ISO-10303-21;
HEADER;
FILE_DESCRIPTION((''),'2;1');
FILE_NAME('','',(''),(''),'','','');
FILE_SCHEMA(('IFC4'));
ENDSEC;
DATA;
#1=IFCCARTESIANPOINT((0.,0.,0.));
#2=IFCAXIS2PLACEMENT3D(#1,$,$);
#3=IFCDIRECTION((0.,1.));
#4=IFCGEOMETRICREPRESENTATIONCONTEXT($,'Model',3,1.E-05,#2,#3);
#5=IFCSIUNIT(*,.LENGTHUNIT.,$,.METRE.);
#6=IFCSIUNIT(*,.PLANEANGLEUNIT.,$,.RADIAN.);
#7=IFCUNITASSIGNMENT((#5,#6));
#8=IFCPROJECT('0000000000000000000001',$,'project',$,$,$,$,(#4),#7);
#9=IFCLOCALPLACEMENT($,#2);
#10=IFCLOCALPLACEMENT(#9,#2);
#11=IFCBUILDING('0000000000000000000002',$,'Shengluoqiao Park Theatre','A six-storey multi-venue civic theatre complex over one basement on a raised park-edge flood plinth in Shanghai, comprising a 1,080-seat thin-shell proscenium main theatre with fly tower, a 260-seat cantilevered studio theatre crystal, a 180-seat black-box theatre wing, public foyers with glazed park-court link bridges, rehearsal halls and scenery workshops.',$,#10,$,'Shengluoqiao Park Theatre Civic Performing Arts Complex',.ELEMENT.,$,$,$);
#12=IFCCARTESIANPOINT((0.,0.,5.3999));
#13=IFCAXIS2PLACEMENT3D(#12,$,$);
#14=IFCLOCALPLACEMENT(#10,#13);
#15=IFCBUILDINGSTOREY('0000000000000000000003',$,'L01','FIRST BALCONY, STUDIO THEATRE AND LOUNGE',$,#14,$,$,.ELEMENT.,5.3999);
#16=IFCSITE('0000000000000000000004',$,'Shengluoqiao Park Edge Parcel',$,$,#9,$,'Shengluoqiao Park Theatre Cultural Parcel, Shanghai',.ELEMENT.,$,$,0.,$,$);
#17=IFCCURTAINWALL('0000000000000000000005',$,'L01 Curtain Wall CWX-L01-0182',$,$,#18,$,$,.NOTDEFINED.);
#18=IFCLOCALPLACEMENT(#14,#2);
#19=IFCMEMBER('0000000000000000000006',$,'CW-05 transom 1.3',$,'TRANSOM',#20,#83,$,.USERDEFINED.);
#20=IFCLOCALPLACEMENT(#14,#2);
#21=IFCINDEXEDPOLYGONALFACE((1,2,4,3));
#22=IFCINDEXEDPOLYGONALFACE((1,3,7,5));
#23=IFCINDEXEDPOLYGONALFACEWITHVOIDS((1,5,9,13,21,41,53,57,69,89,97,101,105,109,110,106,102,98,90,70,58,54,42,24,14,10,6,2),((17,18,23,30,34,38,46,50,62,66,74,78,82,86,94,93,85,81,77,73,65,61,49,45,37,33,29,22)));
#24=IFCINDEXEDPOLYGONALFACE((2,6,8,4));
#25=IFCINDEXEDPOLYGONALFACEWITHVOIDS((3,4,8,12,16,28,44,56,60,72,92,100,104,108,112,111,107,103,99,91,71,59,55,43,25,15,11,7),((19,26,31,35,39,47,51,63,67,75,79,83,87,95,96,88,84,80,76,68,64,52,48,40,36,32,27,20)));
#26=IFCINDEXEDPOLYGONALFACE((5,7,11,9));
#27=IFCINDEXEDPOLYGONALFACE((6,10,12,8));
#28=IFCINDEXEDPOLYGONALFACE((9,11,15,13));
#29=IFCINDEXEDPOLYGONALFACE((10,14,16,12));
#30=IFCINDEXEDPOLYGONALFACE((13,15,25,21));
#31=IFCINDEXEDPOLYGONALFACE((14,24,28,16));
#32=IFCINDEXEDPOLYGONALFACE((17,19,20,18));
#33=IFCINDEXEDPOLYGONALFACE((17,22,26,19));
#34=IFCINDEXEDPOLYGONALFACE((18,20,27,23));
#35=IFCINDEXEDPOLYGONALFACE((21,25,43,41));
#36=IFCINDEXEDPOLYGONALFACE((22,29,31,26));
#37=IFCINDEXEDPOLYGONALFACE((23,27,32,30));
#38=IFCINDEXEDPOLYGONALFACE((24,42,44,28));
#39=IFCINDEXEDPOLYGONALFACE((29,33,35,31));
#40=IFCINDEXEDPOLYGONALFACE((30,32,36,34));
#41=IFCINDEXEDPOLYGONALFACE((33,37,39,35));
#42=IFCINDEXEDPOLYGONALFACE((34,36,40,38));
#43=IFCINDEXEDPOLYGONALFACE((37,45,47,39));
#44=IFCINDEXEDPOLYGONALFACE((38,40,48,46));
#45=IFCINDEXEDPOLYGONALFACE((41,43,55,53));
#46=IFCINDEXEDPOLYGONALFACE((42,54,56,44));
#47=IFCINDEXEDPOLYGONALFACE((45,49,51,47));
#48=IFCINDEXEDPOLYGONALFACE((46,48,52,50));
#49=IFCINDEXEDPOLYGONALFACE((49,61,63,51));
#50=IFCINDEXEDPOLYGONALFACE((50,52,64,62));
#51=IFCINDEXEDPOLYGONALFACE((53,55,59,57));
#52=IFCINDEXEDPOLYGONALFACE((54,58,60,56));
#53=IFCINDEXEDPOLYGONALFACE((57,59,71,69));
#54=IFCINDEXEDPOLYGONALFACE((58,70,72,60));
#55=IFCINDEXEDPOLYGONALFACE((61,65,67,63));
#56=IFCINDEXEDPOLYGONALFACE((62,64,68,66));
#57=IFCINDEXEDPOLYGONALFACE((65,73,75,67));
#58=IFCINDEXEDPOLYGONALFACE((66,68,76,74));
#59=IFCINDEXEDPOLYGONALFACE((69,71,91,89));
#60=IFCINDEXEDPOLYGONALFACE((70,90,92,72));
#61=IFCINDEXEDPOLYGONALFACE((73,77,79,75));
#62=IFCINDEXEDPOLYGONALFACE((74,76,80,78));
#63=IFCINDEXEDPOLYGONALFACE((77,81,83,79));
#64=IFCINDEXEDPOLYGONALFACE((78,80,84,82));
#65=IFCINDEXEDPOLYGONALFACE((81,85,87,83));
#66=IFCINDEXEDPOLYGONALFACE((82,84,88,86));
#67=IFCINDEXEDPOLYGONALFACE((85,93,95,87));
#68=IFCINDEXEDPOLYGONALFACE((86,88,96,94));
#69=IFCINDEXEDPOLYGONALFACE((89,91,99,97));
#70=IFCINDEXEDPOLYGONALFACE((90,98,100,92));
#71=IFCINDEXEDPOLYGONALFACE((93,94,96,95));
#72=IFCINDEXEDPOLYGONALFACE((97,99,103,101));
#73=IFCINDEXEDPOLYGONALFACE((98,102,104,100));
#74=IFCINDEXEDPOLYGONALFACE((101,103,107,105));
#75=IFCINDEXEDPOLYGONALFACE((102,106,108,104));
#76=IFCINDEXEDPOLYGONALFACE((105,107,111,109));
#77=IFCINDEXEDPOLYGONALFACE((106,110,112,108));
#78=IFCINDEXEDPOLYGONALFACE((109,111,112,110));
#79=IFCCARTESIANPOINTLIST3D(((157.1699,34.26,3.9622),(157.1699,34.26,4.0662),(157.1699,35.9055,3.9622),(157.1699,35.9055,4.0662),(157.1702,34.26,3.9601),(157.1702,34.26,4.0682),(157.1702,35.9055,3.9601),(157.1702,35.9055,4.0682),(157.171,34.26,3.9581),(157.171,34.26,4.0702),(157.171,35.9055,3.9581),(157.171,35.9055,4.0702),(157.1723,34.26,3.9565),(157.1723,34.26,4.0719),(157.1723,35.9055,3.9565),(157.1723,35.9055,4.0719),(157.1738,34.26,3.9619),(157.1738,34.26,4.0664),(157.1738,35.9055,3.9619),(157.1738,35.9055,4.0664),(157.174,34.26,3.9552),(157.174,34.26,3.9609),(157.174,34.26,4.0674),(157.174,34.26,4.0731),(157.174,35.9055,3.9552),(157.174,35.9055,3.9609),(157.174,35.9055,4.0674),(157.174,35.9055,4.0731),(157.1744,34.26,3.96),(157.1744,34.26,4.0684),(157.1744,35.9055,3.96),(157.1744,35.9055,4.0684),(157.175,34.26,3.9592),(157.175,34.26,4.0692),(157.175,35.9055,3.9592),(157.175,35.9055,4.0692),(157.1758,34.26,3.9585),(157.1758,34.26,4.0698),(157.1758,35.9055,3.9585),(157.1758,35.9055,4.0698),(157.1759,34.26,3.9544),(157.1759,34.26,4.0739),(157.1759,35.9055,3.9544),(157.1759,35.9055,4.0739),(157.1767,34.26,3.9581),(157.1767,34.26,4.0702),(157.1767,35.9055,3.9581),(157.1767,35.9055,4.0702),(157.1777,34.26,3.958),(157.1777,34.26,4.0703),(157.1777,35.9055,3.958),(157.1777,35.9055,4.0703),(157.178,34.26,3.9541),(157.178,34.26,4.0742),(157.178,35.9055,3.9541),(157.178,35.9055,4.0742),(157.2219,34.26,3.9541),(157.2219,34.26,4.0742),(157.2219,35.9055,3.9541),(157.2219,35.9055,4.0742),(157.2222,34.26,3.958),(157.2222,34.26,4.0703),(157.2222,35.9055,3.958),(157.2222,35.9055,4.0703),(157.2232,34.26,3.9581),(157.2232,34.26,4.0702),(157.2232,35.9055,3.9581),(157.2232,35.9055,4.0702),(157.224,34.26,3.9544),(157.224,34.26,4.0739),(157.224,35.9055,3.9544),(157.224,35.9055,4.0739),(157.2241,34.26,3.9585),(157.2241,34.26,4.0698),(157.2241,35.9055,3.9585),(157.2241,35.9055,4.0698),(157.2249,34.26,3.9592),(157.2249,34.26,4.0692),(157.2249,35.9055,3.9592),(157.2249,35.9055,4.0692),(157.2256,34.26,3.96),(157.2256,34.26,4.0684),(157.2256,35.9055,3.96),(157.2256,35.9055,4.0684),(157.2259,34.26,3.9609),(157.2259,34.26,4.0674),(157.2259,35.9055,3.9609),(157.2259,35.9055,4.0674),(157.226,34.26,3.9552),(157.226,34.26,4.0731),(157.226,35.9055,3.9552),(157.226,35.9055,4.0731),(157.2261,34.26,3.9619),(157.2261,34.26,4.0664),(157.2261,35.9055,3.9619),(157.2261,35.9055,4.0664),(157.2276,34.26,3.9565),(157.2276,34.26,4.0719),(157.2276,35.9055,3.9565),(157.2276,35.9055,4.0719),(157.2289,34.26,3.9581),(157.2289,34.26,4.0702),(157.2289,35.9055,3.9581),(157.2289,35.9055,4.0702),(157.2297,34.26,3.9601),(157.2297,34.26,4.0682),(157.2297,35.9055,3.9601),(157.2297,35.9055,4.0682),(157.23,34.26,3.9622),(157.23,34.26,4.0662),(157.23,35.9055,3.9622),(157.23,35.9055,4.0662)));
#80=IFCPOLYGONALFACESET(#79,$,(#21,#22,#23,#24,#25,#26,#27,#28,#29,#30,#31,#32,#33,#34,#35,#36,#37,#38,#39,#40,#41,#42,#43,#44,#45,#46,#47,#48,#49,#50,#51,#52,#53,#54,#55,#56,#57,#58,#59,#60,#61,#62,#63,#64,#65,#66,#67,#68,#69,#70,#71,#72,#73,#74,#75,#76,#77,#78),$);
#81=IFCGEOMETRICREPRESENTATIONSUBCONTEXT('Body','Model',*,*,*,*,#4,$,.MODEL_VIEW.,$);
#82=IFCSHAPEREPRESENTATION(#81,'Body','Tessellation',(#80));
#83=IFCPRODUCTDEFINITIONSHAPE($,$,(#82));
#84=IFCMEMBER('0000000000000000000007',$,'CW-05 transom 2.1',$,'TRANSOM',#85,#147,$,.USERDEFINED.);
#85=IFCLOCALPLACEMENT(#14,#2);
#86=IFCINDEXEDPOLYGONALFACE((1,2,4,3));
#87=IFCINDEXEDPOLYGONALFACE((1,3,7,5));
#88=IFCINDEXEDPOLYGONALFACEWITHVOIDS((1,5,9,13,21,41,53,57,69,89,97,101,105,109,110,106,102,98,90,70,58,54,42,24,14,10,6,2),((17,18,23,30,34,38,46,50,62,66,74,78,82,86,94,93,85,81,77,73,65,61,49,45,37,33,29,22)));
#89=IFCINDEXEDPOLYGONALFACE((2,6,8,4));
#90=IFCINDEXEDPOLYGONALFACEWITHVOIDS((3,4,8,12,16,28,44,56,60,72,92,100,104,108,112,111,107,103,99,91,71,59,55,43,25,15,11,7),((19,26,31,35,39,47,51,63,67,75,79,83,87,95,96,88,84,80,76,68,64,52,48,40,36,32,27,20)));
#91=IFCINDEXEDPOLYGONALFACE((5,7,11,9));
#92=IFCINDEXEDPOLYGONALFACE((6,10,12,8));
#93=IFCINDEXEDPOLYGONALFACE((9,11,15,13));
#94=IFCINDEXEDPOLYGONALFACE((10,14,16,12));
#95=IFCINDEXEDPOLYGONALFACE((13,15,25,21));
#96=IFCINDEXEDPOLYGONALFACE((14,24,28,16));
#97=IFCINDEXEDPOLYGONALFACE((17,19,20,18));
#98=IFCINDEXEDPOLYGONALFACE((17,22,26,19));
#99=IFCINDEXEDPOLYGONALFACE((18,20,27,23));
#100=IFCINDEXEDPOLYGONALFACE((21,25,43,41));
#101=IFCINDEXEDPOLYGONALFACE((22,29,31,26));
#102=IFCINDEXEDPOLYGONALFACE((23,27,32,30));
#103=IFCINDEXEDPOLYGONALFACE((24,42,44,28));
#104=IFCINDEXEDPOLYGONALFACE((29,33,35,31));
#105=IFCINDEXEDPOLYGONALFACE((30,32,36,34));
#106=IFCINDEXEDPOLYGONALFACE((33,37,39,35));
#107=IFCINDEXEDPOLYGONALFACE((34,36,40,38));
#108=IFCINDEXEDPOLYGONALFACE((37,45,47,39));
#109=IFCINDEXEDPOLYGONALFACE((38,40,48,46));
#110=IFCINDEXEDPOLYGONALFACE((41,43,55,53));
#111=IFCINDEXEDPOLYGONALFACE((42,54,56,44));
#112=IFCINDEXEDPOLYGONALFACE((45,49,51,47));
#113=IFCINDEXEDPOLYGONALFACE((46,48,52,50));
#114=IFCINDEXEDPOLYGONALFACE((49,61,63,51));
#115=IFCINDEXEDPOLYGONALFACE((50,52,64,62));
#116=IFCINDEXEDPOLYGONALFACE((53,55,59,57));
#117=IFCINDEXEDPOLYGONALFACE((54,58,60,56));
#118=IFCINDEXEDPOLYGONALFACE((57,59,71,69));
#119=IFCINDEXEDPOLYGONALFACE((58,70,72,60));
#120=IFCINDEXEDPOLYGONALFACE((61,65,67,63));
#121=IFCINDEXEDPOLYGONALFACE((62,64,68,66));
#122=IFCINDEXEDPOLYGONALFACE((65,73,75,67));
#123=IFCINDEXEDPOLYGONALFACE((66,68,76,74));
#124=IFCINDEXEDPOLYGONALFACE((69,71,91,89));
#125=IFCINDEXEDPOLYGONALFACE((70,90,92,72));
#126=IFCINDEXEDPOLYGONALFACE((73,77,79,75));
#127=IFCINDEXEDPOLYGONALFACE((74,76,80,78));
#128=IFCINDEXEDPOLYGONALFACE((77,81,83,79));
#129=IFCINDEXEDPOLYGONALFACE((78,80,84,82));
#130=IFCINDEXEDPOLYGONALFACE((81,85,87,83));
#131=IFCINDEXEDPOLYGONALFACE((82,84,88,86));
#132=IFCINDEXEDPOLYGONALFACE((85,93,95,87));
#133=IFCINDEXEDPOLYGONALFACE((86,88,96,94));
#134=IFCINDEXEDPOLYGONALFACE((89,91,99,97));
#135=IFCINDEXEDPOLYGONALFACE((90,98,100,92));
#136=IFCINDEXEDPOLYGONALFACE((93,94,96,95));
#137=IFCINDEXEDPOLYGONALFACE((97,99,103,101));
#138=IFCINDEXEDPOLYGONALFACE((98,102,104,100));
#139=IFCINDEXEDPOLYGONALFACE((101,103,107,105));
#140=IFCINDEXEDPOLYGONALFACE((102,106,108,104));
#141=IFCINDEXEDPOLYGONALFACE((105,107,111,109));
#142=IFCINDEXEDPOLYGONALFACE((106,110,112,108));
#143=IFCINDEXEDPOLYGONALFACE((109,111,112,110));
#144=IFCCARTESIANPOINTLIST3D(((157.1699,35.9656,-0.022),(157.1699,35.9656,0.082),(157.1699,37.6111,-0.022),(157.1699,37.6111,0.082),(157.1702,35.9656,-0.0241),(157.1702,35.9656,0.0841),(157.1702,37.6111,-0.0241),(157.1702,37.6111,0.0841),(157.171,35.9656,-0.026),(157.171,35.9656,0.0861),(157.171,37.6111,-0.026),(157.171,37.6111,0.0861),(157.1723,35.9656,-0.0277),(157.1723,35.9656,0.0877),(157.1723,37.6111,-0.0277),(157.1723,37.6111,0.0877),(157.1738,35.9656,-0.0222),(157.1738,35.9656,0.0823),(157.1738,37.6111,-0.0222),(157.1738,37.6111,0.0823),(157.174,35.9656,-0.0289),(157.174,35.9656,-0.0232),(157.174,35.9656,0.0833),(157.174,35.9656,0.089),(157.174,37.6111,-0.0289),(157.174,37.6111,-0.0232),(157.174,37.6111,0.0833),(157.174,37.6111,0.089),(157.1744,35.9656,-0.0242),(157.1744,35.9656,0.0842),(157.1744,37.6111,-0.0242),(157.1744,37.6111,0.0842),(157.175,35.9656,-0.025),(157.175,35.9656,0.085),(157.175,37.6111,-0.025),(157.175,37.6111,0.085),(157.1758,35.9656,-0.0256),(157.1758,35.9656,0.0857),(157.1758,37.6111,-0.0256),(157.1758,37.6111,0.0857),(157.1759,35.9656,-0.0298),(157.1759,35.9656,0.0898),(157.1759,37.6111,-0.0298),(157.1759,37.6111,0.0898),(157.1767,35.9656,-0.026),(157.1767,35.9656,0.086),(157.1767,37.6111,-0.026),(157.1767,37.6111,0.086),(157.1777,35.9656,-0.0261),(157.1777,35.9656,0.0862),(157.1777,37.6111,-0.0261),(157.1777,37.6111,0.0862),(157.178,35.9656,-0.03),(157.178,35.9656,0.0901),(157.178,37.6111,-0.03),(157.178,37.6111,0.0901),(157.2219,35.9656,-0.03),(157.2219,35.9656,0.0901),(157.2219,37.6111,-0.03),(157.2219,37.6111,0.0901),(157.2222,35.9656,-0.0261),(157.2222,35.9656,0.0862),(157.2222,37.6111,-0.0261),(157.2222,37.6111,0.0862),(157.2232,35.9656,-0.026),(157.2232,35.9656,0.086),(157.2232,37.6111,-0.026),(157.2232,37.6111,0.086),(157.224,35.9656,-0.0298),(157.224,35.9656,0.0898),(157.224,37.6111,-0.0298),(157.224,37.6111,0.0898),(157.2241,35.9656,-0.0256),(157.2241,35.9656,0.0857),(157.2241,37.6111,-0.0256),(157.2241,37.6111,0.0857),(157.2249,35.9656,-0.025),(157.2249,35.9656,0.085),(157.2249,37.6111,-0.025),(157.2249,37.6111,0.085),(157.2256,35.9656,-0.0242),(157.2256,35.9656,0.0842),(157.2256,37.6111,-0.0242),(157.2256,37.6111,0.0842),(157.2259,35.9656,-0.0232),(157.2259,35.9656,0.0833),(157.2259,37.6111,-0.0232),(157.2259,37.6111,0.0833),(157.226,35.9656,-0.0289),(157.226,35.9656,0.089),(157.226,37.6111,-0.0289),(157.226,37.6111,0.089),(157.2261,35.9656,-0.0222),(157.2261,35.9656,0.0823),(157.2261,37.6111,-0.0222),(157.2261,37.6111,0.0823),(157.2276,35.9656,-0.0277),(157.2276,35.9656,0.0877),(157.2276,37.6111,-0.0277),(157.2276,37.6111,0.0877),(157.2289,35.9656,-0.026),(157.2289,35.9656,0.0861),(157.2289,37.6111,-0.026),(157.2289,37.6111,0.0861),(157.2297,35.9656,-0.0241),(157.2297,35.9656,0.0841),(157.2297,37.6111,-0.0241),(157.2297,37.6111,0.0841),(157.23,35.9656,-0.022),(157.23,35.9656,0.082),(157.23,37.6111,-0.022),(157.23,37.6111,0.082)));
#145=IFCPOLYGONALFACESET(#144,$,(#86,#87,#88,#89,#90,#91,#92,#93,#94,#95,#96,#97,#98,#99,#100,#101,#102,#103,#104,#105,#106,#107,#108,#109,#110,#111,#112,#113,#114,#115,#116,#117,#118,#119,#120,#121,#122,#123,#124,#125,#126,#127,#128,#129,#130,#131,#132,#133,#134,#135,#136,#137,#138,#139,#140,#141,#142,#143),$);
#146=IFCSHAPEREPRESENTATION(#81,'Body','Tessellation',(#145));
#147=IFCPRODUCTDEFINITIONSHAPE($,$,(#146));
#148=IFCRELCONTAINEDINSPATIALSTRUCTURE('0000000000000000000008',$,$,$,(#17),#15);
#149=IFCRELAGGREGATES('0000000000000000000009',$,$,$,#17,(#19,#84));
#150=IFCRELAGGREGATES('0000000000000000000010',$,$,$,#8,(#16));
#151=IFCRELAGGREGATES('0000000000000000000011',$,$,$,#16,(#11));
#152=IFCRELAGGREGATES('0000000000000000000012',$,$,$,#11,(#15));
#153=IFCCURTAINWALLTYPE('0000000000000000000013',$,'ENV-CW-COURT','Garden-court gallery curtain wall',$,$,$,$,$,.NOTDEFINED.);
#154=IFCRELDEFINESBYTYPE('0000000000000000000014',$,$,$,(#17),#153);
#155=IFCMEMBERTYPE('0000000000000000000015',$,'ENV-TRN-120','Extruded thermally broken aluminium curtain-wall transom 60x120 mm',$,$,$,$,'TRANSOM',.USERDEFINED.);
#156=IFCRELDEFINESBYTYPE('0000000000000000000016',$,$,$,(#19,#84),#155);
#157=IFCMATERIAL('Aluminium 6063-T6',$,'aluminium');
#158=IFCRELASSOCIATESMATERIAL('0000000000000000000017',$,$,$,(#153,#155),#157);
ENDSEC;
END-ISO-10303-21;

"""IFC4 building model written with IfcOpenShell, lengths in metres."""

from ifc_helpers import new_model, si_unit, direction, frame, origin, origin_2d, place, context, subcontext, project, spatial, hollow_rectangle, extrude, material, material_profile, profile_set, type_object, element, aggregate, save


model = new_model("IFC4")

# Units and contexts
model_context = context("Model", 3, precision=1e-05, world=origin(), true_north=direction((0.0, 1.0)))
body_context = subcontext(model_context, "Body", "Model", "MODEL_VIEW")
ifc_project = project(units=[si_unit("LENGTHUNIT", "METRE"), si_unit("PLANEANGLEUNIT", "RADIAN")], contexts=[model_context])

# Site, building, storey
site_placement = place(None, origin())
site = spatial("IfcSite", under=ifc_project, at=site_placement, Name="Shengluoqiao Park Edge Parcel", LongName="Shengluoqiao Park Theatre Cultural Parcel, Shanghai", CompositionType="ELEMENT", RefElevation=0.0)
building_placement = place(site_placement, origin())
building = spatial("IfcBuilding", under=site, at=building_placement, Name="Shengluoqiao Park Theatre", Description="A six-storey multi-venue civic theatre complex over one basement on a raised park-edge flood plinth in Shanghai, comprising a 1,080-seat thin-shell proscenium main theatre with fly tower, a 260-seat cantilevered studio theatre crystal, a 180-seat black-box theatre wing, public foyers with glazed park-court link bridges, rehearsal halls and scenery workshops.", LongName="Shengluoqiao Park Theatre Civic Performing Arts Complex", CompositionType="ELEMENT")
storey_placement = place(building_placement, frame((0.0, 0.0, 5.3999)))
storey = spatial("IfcBuildingStorey", under=building, at=storey_placement, Name="L01", Description="FIRST BALCONY, STUDIO THEATRE AND LOUNGE", CompositionType="ELEMENT", Elevation=5.3999)

# Curtain wall
ifc_material_1 = material(Name="Aluminium 6063-T6", Category="aluminium")
curtain_wall_type = type_object("IfcCurtainWallType", Name="ENV-CW-COURT", Description="Garden-court gallery curtain wall", PredefinedType="NOTDEFINED", material=ifc_material_1)
curtain_wall_1_placement = place(storey_placement, origin())
curtain_wall_1 = element("IfcCurtainWall", 1, at=curtain_wall_1_placement, inside=storey, type_object=curtain_wall_type, Name="L01 Curtain Wall CWX-L01-0182", PredefinedType="NOTDEFINED")

# Members
ifc_material_profile_1 = material_profile(ifc_material_1, hollow_rectangle(XDim=0.0601, YDim=0.1201, WallThickness=0.0039, InnerFilletRadius=0.0039, OuterFilletRadius=0.0081, at=origin_2d()), Name="ALU TRANSOM 120x60x4")
ifc_profile_set_1 = profile_set([ifc_material_profile_1], Name="Aluminium 6063-T6")
member_type_1 = type_object("IfcMemberType", Name="ENV-TRN-120", Description="Extruded thermally broken aluminium curtain-wall transom 60x120 mm", ElementType="TRANSOM", PredefinedType="USERDEFINED", material=ifc_profile_set_1)
member_1_placement = place(storey_placement, frame((157.2, 34.26, 4.0142), z_axis=(0.0, 1.0, 0.0), x_axis=(-1.0, 0.0, 0.0)))
member_1 = element("IfcMember", 2, at=member_1_placement, type_object=member_type_1, Name="CW-05 transom 1.3", ObjectType="TRANSOM", PredefinedType="USERDEFINED", context=body_context, shape_type="SweptSolid", body=[
    extrude(hollow_rectangle(XDim=0.0601, YDim=0.1201, WallThickness=0.0039, InnerFilletRadius=0.0039, OuterFilletRadius=0.0081, at=origin_2d()), origin(), (0.0, 0.0, 1.0), 1.6455),
])
member_2_placement = place(storey_placement, frame((157.2, 35.9656, 0.03), z_axis=(0.0, 1.0, 0.0), x_axis=(-1.0, 0.0, 0.0)))
member_2 = element("IfcMember", 3, at=member_2_placement, type_object=member_type_1, Name="CW-05 transom 2.1", ObjectType="TRANSOM", PredefinedType="USERDEFINED", context=body_context, shape_type="SweptSolid", body=[
    extrude(hollow_rectangle(XDim=0.0601, YDim=0.1201, WallThickness=0.0039, InnerFilletRadius=0.0039, OuterFilletRadius=0.0081, at=origin_2d()), origin(), (0.0, 0.0, 1.0), 1.6455),
])

aggregate(curtain_wall_1, [member_1, member_2])

save(model, "model.ifc")
